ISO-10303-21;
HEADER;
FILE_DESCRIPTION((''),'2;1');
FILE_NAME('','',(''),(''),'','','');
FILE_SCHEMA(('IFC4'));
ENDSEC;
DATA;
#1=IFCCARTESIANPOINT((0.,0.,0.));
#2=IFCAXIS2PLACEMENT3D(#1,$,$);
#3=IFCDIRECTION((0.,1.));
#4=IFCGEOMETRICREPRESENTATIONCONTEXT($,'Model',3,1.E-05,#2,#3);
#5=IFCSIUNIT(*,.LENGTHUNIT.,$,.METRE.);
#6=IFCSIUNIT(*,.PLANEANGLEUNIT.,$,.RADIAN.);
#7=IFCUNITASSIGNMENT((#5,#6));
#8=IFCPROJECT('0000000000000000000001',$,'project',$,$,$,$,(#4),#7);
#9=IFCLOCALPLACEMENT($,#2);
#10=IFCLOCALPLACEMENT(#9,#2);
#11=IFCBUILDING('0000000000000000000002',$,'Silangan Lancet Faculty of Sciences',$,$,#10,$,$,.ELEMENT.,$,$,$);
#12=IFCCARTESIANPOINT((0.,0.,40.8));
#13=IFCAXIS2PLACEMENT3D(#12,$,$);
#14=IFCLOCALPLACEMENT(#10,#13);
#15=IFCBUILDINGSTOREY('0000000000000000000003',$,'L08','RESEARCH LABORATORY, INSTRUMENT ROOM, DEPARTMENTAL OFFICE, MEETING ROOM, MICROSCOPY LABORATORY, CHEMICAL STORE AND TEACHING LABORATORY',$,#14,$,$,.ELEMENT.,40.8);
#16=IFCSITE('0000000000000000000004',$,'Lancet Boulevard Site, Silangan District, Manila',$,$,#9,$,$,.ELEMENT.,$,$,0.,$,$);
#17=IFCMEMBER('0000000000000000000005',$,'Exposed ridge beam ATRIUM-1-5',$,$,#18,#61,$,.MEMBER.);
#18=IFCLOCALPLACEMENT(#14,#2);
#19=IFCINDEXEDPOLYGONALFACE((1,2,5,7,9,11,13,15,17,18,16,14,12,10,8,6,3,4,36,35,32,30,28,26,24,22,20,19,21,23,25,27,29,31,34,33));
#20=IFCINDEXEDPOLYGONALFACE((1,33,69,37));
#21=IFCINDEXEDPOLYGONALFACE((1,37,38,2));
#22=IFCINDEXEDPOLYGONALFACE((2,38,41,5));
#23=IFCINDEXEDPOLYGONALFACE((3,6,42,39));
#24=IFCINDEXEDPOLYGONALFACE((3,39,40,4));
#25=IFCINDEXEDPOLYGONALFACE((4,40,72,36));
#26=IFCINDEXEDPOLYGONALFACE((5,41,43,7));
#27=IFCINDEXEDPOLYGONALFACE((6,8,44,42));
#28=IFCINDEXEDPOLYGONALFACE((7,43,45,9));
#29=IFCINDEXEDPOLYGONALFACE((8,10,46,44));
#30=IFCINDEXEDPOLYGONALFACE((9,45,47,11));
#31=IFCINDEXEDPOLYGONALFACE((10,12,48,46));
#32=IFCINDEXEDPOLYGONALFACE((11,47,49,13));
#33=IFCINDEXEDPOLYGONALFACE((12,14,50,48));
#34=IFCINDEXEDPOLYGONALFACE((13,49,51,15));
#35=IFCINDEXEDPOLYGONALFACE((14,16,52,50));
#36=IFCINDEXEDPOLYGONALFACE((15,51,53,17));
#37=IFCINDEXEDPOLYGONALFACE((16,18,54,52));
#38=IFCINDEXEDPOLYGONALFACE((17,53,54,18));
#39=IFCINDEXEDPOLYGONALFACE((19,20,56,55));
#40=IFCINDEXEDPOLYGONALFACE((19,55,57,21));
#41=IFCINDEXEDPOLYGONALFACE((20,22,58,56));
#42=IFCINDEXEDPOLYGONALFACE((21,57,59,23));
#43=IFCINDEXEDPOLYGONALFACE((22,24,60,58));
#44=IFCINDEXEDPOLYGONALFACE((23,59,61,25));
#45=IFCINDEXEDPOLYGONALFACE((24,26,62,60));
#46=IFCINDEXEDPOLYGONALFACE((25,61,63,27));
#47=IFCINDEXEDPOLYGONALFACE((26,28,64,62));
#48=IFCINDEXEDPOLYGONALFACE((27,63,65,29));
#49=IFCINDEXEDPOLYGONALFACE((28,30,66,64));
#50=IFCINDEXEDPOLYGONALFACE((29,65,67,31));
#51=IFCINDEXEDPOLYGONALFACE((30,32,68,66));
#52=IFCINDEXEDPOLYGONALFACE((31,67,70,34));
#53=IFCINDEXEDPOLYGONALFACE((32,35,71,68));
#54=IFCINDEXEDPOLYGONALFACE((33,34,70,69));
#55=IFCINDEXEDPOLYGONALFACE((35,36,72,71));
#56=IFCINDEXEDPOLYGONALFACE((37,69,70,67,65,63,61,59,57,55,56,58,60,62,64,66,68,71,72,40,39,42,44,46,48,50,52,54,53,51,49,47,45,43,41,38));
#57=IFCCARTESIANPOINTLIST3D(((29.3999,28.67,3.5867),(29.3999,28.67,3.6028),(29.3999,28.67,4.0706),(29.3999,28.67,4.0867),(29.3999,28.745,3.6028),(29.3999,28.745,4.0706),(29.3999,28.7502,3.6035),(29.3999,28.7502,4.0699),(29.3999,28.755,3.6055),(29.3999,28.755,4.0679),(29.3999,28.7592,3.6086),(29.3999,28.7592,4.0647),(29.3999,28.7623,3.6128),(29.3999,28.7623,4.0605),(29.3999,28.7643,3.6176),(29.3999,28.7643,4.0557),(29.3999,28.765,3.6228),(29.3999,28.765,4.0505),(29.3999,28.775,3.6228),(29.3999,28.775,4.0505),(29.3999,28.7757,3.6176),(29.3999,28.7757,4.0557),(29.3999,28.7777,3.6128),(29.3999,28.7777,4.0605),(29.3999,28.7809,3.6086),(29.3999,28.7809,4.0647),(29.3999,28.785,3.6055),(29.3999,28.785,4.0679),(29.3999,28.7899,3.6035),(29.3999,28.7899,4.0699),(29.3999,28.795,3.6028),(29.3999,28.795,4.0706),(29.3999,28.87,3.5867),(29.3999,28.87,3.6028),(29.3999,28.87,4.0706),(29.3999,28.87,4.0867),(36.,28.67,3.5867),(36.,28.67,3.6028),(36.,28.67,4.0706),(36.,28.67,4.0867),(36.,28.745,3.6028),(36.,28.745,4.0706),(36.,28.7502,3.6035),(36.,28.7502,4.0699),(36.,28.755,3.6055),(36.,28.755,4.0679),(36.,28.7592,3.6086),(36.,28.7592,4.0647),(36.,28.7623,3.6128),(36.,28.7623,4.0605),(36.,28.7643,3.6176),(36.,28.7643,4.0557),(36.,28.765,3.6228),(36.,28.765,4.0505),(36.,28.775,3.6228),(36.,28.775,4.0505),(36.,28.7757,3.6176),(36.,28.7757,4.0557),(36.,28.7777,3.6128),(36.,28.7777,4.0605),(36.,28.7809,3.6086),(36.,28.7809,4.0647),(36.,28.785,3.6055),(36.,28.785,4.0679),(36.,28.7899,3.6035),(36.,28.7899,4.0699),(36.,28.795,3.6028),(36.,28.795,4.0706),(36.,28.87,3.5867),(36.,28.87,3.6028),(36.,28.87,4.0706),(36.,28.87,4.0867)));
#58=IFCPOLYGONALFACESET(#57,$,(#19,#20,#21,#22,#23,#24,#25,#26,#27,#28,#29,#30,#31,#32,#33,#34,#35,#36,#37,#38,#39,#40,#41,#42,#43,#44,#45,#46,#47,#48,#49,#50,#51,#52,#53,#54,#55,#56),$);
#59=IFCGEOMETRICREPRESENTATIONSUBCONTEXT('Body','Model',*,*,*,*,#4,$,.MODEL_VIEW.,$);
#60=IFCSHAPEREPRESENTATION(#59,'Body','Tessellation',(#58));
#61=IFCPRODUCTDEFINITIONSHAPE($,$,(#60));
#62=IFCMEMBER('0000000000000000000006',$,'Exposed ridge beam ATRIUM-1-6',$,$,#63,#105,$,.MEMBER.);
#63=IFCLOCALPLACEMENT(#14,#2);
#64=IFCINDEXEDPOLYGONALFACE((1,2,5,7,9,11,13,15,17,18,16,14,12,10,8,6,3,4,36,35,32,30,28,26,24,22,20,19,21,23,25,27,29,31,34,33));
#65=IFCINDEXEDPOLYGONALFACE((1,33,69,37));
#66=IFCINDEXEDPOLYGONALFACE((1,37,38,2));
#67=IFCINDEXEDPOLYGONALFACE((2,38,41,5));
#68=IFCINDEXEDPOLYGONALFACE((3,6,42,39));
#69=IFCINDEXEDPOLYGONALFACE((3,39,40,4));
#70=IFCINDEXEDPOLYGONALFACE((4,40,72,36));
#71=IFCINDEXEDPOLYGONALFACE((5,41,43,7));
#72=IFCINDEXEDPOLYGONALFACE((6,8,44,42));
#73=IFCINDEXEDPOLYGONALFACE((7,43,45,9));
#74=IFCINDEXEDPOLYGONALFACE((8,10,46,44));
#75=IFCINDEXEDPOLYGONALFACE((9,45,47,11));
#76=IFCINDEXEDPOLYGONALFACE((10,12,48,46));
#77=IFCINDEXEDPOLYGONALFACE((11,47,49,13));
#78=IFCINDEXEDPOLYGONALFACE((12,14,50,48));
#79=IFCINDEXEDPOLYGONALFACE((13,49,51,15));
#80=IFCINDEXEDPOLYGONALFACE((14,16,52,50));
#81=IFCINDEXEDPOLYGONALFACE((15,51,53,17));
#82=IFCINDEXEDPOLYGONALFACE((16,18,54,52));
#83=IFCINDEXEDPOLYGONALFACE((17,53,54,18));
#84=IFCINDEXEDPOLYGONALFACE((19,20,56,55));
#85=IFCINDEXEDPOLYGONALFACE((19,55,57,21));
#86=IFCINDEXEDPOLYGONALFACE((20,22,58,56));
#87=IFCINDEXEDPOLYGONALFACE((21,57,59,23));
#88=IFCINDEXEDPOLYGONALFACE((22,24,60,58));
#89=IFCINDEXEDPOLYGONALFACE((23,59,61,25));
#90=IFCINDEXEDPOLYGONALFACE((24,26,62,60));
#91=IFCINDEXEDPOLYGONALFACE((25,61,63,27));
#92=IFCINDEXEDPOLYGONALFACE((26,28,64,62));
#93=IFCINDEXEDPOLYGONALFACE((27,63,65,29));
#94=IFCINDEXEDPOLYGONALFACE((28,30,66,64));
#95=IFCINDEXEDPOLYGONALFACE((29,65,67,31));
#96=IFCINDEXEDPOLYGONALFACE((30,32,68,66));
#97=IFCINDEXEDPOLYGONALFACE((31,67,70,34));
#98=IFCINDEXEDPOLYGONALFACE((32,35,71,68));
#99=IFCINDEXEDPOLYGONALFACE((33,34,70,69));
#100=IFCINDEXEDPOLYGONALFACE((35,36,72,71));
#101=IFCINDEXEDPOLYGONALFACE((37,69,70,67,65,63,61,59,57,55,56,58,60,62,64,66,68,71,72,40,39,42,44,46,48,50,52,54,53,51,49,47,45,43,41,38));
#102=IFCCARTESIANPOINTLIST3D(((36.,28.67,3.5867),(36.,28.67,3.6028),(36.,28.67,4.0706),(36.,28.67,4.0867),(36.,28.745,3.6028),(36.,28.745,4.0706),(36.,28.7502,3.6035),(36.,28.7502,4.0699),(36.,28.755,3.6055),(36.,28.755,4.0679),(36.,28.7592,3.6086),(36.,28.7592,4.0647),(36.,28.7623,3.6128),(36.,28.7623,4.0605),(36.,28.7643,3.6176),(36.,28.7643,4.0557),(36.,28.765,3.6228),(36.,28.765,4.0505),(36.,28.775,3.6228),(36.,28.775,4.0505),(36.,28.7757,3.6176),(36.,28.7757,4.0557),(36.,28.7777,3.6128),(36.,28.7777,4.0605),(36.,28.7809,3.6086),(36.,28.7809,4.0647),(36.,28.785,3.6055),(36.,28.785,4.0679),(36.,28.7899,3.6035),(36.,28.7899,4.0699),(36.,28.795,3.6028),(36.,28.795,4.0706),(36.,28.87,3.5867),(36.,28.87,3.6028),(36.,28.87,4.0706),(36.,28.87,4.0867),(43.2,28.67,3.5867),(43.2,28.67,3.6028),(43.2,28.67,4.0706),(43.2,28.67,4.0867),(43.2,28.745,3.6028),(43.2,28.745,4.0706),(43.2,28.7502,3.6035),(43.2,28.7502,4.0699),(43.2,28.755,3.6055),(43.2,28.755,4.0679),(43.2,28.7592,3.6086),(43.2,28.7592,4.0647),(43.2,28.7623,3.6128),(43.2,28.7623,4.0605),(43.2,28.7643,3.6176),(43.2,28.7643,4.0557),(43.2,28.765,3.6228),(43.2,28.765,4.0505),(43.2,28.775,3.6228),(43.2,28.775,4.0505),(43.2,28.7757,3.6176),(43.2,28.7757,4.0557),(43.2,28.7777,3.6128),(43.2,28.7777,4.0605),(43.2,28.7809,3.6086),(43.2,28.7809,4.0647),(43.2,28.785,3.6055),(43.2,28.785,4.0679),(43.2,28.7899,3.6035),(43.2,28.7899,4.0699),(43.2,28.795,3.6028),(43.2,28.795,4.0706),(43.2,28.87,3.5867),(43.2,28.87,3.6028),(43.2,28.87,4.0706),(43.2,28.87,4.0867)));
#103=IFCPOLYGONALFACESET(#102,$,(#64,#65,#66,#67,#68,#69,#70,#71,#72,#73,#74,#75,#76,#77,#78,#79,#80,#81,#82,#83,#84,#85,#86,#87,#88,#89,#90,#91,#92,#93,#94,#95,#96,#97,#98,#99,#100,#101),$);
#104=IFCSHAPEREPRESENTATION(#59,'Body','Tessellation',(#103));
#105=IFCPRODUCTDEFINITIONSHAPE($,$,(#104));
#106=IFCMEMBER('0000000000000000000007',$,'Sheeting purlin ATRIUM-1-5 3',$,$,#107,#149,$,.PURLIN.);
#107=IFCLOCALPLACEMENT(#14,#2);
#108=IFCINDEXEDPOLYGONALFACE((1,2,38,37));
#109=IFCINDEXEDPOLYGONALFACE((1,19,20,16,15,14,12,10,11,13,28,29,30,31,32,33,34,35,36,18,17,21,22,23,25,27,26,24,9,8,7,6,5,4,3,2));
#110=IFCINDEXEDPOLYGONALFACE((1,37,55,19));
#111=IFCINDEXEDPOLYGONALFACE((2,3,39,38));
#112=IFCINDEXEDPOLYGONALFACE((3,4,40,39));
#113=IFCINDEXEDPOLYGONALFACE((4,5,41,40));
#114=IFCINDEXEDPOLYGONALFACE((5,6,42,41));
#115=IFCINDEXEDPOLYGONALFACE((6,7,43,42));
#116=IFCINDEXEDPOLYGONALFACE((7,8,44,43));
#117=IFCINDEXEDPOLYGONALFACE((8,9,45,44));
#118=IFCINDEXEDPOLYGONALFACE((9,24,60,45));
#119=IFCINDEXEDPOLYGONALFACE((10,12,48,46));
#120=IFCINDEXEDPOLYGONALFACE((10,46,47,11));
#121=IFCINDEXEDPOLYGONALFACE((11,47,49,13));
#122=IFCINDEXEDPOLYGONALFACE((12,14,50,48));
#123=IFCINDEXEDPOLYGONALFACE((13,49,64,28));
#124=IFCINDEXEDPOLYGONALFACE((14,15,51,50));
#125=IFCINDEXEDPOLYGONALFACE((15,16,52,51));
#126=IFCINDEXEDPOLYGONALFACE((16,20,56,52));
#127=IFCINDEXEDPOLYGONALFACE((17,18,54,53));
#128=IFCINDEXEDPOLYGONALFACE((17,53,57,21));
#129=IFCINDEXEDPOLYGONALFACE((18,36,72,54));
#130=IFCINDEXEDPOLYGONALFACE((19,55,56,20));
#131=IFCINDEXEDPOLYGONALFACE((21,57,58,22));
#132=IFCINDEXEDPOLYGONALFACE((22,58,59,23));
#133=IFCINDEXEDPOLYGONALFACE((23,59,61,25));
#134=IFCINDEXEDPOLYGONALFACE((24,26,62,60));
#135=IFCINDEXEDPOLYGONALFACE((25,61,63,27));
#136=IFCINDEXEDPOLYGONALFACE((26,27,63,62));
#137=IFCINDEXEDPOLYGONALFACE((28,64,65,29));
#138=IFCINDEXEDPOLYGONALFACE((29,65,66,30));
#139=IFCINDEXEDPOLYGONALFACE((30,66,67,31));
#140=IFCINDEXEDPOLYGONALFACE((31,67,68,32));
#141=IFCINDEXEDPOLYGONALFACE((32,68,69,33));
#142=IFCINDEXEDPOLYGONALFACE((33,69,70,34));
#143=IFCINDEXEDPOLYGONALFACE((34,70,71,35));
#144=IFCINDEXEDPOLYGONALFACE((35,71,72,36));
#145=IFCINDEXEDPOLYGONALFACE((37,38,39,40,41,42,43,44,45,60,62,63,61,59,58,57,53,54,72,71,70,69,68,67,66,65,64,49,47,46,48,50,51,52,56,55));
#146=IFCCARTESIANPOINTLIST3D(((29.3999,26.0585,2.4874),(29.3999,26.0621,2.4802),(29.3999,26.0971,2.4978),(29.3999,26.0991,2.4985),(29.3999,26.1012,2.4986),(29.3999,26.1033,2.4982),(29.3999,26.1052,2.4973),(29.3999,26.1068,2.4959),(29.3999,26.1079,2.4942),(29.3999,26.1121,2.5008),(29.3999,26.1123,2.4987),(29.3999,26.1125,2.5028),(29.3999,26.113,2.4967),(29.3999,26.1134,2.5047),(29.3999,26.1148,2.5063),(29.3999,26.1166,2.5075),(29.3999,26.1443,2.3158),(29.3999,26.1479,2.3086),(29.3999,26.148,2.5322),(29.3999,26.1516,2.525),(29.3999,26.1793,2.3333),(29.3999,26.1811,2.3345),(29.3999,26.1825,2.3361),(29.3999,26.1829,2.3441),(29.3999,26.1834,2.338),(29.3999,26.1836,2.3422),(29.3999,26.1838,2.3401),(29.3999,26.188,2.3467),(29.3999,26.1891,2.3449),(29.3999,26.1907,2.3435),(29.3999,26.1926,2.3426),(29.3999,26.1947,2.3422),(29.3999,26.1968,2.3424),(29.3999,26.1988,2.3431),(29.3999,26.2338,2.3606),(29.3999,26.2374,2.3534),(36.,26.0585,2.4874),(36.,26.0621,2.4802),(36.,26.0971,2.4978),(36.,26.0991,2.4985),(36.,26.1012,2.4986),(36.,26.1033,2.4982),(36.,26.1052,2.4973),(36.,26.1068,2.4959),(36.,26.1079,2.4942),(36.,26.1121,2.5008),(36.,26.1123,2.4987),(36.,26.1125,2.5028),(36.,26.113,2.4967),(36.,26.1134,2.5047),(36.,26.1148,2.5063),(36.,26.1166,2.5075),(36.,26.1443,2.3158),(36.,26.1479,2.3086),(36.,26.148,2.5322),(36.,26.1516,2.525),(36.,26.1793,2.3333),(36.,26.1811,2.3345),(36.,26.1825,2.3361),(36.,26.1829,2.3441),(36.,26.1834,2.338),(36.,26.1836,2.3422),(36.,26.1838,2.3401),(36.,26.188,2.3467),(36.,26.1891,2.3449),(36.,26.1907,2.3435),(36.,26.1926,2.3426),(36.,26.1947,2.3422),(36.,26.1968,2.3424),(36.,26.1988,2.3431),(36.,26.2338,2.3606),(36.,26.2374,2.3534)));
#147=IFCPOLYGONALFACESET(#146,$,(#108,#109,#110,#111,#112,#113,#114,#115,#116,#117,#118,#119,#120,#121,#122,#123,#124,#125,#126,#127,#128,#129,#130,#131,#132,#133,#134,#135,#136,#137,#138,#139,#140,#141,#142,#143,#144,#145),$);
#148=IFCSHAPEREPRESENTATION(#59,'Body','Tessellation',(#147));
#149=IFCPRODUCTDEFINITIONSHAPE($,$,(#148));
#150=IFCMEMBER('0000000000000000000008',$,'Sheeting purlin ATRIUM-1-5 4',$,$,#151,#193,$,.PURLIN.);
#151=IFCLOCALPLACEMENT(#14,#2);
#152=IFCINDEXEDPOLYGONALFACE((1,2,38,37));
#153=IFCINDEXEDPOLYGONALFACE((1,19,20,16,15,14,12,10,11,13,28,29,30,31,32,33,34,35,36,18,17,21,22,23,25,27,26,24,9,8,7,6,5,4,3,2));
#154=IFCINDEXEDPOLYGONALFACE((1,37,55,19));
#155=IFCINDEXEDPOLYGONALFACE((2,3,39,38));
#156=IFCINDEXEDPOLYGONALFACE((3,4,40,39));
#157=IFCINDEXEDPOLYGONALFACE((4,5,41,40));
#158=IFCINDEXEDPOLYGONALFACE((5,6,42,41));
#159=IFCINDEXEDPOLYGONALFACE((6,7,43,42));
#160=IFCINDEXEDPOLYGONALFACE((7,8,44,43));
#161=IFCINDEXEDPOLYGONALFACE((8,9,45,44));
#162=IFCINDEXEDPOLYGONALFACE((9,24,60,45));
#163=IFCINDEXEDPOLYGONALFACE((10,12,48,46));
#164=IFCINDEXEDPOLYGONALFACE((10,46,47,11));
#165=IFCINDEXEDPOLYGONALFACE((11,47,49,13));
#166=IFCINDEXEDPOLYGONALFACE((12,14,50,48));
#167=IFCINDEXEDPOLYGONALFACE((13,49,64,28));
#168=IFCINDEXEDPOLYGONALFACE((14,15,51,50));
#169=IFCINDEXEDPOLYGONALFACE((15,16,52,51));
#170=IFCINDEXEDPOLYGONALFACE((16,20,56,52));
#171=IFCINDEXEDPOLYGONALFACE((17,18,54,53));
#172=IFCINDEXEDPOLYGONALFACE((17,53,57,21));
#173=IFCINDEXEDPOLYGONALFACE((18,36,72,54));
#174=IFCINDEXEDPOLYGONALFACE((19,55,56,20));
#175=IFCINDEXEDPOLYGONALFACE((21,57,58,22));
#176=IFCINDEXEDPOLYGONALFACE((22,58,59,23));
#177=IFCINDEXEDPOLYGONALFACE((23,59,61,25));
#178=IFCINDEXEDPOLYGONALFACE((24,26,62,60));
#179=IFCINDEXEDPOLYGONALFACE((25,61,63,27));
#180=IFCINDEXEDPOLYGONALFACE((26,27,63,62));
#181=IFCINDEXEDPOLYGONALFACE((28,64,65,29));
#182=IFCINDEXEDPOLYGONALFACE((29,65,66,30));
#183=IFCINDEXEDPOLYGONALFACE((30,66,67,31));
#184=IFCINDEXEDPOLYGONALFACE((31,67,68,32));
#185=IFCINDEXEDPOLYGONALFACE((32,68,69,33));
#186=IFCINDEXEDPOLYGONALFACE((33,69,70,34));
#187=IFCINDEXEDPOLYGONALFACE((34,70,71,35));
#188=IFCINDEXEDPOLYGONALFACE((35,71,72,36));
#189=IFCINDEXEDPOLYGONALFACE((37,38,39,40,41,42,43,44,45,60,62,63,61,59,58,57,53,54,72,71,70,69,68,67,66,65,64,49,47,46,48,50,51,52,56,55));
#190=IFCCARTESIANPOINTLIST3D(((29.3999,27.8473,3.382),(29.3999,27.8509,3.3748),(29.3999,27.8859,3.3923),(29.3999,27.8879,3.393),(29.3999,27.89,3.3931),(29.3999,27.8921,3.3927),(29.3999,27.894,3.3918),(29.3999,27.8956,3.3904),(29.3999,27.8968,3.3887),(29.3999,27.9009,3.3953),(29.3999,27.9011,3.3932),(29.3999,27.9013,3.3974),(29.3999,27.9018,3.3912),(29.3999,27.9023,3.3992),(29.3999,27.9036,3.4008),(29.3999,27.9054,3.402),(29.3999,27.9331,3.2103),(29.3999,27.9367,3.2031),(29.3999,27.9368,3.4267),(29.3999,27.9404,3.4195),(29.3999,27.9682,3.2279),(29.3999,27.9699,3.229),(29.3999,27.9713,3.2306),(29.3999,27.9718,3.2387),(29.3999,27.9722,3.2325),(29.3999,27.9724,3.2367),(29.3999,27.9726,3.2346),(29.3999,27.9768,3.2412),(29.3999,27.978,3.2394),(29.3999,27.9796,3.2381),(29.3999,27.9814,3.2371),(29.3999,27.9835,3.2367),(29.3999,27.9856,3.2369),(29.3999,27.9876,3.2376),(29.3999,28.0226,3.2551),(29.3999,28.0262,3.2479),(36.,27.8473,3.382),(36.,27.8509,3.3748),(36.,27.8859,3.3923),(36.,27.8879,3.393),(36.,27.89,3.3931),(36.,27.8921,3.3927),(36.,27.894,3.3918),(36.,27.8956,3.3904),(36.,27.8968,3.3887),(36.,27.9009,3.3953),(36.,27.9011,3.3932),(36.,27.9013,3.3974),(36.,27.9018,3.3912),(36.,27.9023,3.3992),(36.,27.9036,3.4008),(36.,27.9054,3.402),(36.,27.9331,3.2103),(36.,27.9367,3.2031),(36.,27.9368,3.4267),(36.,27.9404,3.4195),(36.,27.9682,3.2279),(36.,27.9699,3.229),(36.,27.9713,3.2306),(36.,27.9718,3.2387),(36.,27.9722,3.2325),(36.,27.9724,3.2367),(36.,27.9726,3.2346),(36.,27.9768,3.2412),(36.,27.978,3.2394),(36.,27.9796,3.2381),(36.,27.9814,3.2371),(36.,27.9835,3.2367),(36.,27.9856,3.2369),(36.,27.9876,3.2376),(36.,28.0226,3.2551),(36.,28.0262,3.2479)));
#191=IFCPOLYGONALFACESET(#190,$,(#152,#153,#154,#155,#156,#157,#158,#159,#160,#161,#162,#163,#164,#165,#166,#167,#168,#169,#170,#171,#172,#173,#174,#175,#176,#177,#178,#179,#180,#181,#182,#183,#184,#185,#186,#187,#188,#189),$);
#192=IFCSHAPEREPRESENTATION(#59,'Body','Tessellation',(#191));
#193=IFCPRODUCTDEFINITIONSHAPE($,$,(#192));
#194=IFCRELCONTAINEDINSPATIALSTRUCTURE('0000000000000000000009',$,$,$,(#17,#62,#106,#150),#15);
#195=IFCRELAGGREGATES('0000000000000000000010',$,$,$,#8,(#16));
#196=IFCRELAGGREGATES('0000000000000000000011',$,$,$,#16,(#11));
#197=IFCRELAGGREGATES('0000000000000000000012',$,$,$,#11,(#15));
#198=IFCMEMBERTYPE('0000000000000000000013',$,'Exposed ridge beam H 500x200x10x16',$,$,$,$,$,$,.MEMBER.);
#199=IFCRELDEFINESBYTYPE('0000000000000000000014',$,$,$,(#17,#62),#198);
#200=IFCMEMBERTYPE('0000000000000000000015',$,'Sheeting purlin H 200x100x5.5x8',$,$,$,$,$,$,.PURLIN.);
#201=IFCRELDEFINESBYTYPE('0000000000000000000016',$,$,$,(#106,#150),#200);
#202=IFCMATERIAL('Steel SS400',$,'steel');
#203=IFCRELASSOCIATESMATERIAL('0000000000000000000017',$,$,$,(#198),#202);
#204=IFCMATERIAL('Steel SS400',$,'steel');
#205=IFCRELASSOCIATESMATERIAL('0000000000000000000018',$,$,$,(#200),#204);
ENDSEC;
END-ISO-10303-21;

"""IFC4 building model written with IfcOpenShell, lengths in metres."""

from ifc_helpers import new_model, si_unit, direction, frame, origin, origin_2d, place, context, subcontext, project, spatial, i_section, extrude, material, material_profile, profile_set, type_object, element, save


model = new_model("IFC4")

# Units and contexts
model_context = context("Model", 3, precision=1e-05, world=origin(), true_north=direction((0.0, 1.0)))
body_context = subcontext(model_context, "Body", "Model", "MODEL_VIEW")
ifc_project = project(units=[si_unit("LENGTHUNIT", "METRE"), si_unit("PLANEANGLEUNIT", "RADIAN")], contexts=[model_context])

# Site, building, storey
site_placement = place(None, origin())
site = spatial("IfcSite", under=ifc_project, at=site_placement, Name="Lancet Boulevard Site, Silangan District, Manila", CompositionType="ELEMENT", RefElevation=0.0)
building_placement = place(site_placement, origin())
building = spatial("IfcBuilding", under=site, at=building_placement, Name="Silangan Lancet Faculty of Sciences", CompositionType="ELEMENT")
storey_placement = place(building_placement, frame((0.0, 0.0, 40.8)))
storey = spatial("IfcBuildingStorey", under=building, at=storey_placement, Name="L08", Description="RESEARCH LABORATORY, INSTRUMENT ROOM, DEPARTMENTAL OFFICE, MEETING ROOM, MICROSCOPY LABORATORY, CHEMICAL STORE AND TEACHING LABORATORY", CompositionType="ELEMENT", Elevation=40.8)

# Members
ifc_material_1 = material(Name="Steel SS400", Category="steel")
ifc_material_profile_1 = material_profile(ifc_material_1, i_section(OverallWidth=0.2, OverallDepth=0.5, WebThickness=0.01, FlangeThickness=0.0161, FilletRadius=0.02, at=origin_2d()), Name="H 500x200x10x16")
ifc_profile_set_1 = profile_set([ifc_material_profile_1], Name="Steel SS400")
member_type_1 = type_object("IfcMemberType", Name="Exposed ridge beam H 500x200x10x16", PredefinedType="MEMBER", material=ifc_profile_set_1)
member_1_placement = place(storey_placement, frame((29.3999, 28.77, 3.8367), z_axis=(1.0, 0.0, 0.0), x_axis=(0.0, 1.0, 0.0)))
element("IfcMember", 1, at=member_1_placement, inside=storey, type_object=member_type_1, Name="Exposed ridge beam ATRIUM-1-5", PredefinedType="MEMBER", context=body_context, shape_type="SweptSolid", body=[
    extrude(i_section(OverallWidth=0.2, OverallDepth=0.5, WebThickness=0.01, FlangeThickness=0.0161, FilletRadius=0.02, at=origin_2d()), origin(), (0.0, 0.0, 1.0), 6.6001),
])
member_2_placement = place(storey_placement, frame((36.0, 28.77, 3.8367), z_axis=(1.0, 0.0, 0.0), x_axis=(0.0, 1.0, 0.0)))
element("IfcMember", 2, at=member_2_placement, inside=storey, type_object=member_type_1, Name="Exposed ridge beam ATRIUM-1-6", PredefinedType="MEMBER", context=body_context, shape_type="SweptSolid", body=[
    extrude(i_section(OverallWidth=0.2, OverallDepth=0.5, WebThickness=0.01, FlangeThickness=0.0161, FilletRadius=0.02, at=origin_2d()), origin(), (0.0, 0.0, 1.0), 7.2),
])
ifc_material_2 = material(Name="Steel SS400", Category="steel")
ifc_material_profile_2 = material_profile(ifc_material_2, i_section(OverallWidth=0.1001, OverallDepth=0.2, WebThickness=0.0056, FlangeThickness=0.0081, FilletRadius=0.0081, at=origin_2d()), Name="H 200x100x5.5x8")
ifc_profile_set_2 = profile_set([ifc_material_profile_2], Name="Steel SS400")
member_type_2 = type_object("IfcMemberType", Name="Sheeting purlin H 200x100x5.5x8", PredefinedType="PURLIN", material=ifc_profile_set_2)
for number, where, z_axis, x_axis, name in (
    (3, (29.3999, 26.1479, 2.4204), (1.0, 0.0, 0.0), (0.0, 0.894427, 0.447214), "Sheeting purlin ATRIUM-1-5 3"),
    (4, (29.3999, 27.9368, 3.3149), (1.0, 0.0, 0.0), (0.0, 0.894427, 0.447214), "Sheeting purlin ATRIUM-1-5 4"),
):
    element("IfcMember", number, at=place(storey_placement, frame(where, z_axis=z_axis, x_axis=x_axis)), inside=storey, type_object=member_type_2, Name=name, PredefinedType="PURLIN", context=body_context, shape_type="SweptSolid", body=[
        extrude(i_section(OverallWidth=0.1001, OverallDepth=0.2, WebThickness=0.0056, FlangeThickness=0.0081, FilletRadius=0.0081, at=origin_2d()), origin(), (0.0, 0.0, 1.0), 6.6001),
    ])

save(model, "model.ifc")
